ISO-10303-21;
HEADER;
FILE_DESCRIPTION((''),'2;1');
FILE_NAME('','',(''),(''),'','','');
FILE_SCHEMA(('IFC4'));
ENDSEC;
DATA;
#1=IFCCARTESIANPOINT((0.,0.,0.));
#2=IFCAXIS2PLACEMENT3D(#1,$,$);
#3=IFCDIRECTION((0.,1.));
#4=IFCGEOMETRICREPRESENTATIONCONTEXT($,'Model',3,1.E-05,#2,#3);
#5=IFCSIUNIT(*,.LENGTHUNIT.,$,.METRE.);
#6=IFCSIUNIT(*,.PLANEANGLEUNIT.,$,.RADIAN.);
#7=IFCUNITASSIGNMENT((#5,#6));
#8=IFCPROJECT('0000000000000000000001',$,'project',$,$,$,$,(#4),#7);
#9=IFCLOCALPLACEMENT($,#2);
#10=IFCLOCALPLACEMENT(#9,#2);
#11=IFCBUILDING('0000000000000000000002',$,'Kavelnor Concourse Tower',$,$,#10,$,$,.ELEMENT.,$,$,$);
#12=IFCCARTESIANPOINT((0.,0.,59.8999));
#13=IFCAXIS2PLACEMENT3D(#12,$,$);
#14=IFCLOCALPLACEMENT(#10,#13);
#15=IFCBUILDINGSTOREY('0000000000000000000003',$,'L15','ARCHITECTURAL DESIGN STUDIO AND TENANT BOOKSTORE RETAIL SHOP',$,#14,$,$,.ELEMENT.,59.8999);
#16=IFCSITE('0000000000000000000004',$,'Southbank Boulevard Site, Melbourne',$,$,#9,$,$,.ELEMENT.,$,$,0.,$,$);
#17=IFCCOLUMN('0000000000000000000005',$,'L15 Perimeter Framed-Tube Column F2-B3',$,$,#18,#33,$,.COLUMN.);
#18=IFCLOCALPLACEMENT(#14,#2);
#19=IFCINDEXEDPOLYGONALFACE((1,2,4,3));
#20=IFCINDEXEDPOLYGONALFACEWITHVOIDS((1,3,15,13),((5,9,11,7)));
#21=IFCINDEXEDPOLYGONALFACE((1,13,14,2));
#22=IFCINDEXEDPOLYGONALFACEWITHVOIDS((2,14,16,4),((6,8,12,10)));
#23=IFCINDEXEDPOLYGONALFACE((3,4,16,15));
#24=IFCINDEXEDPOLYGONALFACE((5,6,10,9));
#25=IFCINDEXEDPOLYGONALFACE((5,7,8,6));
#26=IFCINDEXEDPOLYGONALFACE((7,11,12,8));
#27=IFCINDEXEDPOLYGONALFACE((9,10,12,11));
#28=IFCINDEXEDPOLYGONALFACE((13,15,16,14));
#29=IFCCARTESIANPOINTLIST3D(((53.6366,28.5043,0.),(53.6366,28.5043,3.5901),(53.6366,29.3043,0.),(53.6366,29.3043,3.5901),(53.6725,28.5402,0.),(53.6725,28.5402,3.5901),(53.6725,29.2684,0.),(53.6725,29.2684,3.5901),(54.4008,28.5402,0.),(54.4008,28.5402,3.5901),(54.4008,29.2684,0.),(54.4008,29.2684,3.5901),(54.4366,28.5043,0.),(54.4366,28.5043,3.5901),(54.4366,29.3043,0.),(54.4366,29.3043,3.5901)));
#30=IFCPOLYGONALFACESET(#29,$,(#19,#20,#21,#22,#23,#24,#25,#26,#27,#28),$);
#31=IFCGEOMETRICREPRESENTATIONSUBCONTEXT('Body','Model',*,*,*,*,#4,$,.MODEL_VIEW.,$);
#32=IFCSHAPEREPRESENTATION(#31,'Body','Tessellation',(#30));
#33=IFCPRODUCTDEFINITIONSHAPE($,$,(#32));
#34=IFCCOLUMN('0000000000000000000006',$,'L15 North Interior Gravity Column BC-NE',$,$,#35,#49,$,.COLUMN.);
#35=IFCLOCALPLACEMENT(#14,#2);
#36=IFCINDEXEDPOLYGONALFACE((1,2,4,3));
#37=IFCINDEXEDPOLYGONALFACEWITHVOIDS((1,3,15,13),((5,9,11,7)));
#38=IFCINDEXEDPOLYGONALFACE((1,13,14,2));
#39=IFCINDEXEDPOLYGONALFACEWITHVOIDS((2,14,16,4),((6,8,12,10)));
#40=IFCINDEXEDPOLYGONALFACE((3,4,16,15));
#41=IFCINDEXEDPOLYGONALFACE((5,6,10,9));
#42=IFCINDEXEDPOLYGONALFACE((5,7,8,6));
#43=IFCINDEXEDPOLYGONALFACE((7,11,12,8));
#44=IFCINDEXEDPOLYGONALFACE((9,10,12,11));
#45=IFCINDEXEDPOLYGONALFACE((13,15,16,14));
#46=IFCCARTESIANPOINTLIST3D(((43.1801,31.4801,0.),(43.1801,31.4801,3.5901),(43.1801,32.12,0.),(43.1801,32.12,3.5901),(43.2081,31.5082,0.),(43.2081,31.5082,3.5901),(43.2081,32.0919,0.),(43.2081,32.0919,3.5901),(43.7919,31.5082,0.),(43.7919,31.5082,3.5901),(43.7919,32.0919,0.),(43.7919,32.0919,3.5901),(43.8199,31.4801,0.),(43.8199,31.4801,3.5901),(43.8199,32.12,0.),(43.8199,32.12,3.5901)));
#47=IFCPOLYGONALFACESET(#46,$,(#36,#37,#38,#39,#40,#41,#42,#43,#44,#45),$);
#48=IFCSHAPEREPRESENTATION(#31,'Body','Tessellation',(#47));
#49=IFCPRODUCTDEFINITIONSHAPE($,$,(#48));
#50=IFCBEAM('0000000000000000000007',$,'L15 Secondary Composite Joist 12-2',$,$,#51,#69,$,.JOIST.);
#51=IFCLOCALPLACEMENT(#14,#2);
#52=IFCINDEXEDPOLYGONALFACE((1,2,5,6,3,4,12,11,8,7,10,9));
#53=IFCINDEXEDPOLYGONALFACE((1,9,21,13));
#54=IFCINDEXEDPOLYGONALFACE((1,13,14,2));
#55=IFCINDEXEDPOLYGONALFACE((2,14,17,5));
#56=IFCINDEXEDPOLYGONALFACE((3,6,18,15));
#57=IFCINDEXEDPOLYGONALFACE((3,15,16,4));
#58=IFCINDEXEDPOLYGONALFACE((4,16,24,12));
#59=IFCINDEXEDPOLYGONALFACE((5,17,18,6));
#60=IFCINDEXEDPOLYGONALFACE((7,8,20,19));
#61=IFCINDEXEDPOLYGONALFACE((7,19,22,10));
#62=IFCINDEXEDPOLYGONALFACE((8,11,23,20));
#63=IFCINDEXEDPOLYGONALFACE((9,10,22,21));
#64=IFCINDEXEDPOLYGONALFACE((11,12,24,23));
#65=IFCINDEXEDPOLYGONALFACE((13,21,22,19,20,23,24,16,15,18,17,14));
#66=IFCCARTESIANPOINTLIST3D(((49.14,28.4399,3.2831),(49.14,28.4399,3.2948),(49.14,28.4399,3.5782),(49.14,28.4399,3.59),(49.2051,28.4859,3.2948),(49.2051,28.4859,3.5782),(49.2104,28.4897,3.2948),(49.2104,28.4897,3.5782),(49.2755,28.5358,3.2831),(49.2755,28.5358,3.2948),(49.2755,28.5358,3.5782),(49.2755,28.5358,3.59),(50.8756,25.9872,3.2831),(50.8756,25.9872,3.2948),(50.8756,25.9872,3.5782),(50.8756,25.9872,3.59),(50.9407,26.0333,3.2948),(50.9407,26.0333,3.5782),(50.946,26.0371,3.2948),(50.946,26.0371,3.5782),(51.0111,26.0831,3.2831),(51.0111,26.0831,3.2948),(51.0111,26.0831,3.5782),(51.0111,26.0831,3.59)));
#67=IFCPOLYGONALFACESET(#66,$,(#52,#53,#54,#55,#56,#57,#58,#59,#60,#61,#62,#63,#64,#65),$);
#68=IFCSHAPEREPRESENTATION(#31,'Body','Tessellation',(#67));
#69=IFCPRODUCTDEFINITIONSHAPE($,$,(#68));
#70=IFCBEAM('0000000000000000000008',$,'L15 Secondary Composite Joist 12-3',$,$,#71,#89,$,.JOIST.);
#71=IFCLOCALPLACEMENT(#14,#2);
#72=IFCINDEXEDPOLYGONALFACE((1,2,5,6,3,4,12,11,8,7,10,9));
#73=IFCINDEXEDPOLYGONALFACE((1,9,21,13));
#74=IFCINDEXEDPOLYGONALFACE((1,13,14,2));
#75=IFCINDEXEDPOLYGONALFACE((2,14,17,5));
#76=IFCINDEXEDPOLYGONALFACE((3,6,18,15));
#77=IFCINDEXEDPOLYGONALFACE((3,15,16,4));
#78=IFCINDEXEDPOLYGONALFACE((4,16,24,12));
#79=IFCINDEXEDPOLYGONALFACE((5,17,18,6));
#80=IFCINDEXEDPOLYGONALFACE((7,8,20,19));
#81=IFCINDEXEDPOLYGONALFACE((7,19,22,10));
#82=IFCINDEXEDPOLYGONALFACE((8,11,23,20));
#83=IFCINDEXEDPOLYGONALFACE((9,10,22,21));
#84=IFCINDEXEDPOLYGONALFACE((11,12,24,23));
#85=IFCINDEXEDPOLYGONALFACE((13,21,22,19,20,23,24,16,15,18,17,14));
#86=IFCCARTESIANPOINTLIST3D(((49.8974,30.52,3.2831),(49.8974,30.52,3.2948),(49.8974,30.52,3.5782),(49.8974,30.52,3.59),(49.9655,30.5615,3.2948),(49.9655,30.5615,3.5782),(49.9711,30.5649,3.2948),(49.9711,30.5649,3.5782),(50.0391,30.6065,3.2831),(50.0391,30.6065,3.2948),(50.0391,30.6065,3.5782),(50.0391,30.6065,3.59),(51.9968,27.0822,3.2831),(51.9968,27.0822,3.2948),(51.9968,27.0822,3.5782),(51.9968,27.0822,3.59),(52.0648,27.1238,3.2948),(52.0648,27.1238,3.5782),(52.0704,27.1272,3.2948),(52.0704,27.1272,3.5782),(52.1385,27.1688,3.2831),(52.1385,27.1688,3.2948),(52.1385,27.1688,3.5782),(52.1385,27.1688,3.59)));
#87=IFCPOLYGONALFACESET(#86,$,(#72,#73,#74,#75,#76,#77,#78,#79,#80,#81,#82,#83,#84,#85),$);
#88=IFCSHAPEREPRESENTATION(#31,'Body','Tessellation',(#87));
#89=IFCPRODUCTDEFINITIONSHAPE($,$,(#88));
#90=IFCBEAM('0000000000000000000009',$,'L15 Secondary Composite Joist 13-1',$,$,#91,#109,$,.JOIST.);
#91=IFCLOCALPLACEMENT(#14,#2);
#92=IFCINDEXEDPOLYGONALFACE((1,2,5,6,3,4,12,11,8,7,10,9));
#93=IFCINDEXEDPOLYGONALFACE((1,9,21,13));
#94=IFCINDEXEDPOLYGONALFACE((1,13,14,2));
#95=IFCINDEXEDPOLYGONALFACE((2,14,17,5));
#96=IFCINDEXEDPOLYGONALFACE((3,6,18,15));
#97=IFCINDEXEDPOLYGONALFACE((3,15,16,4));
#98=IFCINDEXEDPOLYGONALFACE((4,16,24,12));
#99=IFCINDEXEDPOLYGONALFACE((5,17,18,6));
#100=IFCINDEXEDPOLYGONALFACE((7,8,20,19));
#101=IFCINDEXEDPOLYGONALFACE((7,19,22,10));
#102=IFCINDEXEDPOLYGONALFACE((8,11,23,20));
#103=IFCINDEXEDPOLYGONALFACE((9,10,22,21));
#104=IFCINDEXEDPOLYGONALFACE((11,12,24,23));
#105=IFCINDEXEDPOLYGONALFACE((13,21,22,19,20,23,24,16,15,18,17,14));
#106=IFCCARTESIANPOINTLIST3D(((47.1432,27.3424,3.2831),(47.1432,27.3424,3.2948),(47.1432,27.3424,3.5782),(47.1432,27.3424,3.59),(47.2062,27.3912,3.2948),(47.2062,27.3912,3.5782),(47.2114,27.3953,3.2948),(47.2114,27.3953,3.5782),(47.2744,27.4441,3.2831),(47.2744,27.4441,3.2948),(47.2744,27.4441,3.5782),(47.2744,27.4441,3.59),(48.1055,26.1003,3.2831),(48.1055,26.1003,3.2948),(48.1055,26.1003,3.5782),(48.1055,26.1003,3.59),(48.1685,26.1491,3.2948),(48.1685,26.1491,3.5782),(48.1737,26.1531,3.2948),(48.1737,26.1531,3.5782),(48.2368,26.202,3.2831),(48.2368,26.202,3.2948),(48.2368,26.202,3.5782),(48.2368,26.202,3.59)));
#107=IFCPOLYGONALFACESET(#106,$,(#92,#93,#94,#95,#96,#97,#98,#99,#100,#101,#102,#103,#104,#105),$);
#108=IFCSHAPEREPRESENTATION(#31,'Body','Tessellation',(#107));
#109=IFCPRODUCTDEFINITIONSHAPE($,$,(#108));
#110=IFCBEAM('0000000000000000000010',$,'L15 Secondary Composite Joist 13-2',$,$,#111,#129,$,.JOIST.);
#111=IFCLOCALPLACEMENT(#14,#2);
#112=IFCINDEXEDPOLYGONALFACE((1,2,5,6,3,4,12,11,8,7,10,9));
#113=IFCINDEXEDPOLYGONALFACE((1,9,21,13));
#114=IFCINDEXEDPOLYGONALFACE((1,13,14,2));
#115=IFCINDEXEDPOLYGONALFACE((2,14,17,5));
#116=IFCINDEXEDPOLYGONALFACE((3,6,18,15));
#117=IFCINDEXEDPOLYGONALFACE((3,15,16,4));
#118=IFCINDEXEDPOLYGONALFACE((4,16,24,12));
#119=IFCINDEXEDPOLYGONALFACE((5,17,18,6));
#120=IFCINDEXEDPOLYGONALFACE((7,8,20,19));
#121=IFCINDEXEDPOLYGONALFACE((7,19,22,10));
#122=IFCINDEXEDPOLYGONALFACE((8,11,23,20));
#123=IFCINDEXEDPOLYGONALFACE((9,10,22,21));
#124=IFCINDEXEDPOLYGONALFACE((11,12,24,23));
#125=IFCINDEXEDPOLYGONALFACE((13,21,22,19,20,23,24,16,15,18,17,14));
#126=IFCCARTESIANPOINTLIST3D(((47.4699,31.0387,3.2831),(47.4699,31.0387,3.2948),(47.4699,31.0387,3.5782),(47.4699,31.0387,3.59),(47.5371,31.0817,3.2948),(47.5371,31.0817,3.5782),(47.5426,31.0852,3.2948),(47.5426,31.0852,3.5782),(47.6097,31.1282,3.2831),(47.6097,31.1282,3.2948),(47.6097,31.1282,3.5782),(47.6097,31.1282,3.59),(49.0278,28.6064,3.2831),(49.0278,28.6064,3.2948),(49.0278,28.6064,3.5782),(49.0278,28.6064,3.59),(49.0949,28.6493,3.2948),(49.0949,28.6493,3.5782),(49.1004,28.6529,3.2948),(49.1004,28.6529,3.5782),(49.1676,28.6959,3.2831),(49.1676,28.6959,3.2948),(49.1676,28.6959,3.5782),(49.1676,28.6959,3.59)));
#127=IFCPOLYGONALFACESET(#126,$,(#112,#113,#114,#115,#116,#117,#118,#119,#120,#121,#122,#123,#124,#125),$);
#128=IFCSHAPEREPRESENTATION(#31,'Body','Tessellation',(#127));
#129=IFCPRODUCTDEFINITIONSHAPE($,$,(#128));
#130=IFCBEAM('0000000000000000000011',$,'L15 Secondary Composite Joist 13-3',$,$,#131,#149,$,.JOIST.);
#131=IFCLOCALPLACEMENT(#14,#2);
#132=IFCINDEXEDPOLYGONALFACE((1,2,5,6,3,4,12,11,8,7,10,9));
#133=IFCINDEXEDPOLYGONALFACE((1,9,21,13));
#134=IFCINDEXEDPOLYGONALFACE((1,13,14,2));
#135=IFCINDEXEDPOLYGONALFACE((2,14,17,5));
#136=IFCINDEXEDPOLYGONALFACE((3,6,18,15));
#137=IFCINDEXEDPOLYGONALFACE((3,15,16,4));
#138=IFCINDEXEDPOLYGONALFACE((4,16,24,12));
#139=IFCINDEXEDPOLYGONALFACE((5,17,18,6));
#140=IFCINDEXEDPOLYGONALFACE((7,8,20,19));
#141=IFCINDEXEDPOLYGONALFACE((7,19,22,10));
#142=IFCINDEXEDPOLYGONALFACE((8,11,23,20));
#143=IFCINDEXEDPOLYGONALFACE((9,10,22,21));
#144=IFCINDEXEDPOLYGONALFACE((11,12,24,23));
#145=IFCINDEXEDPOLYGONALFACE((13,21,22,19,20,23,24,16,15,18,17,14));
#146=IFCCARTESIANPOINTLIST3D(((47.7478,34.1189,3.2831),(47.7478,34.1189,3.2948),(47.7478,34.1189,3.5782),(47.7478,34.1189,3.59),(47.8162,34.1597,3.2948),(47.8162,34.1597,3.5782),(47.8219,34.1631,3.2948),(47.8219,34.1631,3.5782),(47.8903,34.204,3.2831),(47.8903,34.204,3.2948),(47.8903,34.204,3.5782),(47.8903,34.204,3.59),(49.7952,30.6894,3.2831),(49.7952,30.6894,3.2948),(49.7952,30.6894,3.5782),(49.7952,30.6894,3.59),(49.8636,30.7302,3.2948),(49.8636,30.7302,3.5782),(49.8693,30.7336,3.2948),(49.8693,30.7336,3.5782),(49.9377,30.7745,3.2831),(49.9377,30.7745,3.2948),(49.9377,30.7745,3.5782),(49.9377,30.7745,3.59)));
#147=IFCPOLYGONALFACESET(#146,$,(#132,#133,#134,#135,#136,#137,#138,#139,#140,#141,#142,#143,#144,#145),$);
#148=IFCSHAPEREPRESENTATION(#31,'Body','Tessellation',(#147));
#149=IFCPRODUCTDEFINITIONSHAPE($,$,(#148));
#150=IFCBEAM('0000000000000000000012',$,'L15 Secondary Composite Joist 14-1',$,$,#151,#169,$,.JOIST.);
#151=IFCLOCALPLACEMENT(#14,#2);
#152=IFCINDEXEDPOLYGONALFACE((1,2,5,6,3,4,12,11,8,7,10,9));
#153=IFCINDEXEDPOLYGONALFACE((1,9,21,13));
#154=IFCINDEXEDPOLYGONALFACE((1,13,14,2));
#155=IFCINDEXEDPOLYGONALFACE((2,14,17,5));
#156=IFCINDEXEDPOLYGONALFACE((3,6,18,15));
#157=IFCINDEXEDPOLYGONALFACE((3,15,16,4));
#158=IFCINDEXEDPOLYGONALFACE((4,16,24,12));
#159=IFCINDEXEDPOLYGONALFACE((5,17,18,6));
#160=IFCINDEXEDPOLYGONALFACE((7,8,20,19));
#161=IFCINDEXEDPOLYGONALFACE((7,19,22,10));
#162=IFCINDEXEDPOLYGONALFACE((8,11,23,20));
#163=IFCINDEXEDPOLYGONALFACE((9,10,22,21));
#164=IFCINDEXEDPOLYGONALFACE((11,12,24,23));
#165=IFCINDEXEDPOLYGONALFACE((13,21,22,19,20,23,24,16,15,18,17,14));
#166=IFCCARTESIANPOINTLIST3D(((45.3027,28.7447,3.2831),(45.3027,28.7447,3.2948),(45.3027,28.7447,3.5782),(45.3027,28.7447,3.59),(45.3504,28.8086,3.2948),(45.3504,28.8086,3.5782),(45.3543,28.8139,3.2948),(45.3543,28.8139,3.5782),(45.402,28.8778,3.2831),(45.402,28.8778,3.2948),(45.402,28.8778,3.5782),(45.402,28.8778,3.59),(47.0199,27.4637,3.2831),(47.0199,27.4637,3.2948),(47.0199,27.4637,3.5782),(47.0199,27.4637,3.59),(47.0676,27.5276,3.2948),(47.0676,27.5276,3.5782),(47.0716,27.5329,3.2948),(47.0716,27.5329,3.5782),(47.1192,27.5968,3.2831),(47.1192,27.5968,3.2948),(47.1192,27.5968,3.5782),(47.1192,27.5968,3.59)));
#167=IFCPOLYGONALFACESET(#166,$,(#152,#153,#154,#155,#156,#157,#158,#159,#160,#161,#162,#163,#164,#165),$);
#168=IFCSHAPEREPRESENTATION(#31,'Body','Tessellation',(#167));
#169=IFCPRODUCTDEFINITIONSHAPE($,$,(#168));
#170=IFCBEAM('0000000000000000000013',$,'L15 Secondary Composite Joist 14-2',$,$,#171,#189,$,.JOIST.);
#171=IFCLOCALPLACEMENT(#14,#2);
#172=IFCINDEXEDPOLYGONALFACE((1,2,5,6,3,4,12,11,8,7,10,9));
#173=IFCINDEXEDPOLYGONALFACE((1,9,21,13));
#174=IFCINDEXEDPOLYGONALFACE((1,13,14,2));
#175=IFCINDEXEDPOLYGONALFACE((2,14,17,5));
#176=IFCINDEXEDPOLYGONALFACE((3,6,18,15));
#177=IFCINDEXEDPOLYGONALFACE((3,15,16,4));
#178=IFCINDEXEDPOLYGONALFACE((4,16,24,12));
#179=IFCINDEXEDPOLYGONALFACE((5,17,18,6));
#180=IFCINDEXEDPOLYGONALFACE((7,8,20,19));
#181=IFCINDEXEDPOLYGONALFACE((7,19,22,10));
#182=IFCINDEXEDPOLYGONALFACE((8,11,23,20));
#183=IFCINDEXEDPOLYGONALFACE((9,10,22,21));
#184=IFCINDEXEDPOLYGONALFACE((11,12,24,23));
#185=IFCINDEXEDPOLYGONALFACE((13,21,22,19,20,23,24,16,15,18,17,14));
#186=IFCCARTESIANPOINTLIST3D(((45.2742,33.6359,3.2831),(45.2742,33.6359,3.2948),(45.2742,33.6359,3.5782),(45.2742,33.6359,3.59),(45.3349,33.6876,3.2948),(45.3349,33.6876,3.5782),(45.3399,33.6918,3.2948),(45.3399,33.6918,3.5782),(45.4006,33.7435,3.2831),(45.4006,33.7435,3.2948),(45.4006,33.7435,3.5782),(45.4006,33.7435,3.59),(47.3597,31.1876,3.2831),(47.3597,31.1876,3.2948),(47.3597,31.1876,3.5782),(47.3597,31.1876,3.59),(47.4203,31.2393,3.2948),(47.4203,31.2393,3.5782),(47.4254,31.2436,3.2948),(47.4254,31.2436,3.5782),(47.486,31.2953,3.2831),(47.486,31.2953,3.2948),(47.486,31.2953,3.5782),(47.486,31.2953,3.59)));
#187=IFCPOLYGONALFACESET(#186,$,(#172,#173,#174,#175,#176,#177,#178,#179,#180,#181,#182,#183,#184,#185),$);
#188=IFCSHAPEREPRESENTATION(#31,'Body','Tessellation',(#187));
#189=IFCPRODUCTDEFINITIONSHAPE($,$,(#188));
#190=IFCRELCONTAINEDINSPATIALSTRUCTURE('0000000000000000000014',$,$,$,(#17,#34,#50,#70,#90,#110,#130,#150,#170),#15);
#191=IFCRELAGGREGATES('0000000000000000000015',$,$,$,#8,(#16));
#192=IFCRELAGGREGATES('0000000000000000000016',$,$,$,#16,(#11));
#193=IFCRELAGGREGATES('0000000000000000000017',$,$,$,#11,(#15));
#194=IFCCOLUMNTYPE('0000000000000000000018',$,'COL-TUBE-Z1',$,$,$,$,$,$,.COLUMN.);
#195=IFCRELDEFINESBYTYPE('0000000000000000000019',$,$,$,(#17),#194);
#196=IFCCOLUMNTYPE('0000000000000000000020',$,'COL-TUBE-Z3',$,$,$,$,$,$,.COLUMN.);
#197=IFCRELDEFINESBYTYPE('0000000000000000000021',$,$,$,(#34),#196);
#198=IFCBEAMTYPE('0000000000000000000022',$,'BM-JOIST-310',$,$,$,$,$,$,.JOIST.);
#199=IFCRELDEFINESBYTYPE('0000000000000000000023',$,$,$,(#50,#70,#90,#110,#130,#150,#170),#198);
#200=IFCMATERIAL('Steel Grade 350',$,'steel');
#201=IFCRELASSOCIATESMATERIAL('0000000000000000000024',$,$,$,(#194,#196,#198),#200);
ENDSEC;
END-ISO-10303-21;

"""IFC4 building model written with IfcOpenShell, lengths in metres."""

from ifc_helpers import new_model, si_unit, direction, frame, origin, origin_2d, place, context, subcontext, project, spatial, hollow_rectangle, i_section, extrude, material, material_profile, profile_set, type_object, element, save


model = new_model("IFC4")

# Units and contexts
model_context = context("Model", 3, precision=1e-05, world=origin(), true_north=direction((0.0, 1.0)))
body_context = subcontext(model_context, "Body", "Model", "MODEL_VIEW")
ifc_project = project(units=[si_unit("LENGTHUNIT", "METRE"), si_unit("PLANEANGLEUNIT", "RADIAN")], contexts=[model_context])

# Site, building, storey
site_placement = place(None, origin())
site = spatial("IfcSite", under=ifc_project, at=site_placement, Name="Southbank Boulevard Site, Melbourne", CompositionType="ELEMENT", RefElevation=0.0)
building_placement = place(site_placement, origin())
building = spatial("IfcBuilding", under=site, at=building_placement, Name="Kavelnor Concourse Tower", CompositionType="ELEMENT")
storey_placement = place(building_placement, frame((0.0, 0.0, 59.8999)))
storey = spatial("IfcBuildingStorey", under=building, at=storey_placement, Name="L15", Description="ARCHITECTURAL DESIGN STUDIO AND TENANT BOOKSTORE RETAIL SHOP", CompositionType="ELEMENT", Elevation=59.8999)

# Columns
ifc_material_1 = material(Name="Steel Grade 350", Category="steel")
ifc_material_profile_1 = material_profile(ifc_material_1, hollow_rectangle(XDim=0.8, YDim=0.8, WallThickness=0.0359, at=origin_2d()), Name="SHS 800x800x36")
ifc_profile_set_1 = profile_set([ifc_material_profile_1], Name="Steel Grade 350")
column_type_1 = type_object("IfcColumnType", Name="COL-TUBE-Z1", PredefinedType="COLUMN", material=ifc_profile_set_1)
column_1_placement = place(storey_placement, frame((54.0366, 28.9043, 0.0), z_axis=(0.0, 0.0, 1.0), x_axis=(1.0, 0.0, 0.0)))
element("IfcColumn", 1, at=column_1_placement, inside=storey, type_object=column_type_1, Name="L15 Perimeter Framed-Tube Column F2-B3", PredefinedType="COLUMN", context=body_context, shape_type="SweptSolid", body=[
    extrude(hollow_rectangle(XDim=0.8, YDim=0.8, WallThickness=0.0359, at=origin_2d()), origin(), (0.0, 0.0, 1.0), 3.5901),
])
ifc_material_profile_2 = material_profile(ifc_material_1, hollow_rectangle(XDim=0.6399, YDim=0.6399, WallThickness=0.0281, at=origin_2d()), Name="SHS 640x640x28")
ifc_profile_set_2 = profile_set([ifc_material_profile_2], Name="Steel Grade 350")
column_type_2 = type_object("IfcColumnType", Name="COL-TUBE-Z3", PredefinedType="COLUMN", material=ifc_profile_set_2)
column_2_placement = place(storey_placement, frame((43.5, 31.8, 0.0), z_axis=(0.0, 0.0, 1.0), x_axis=(1.0, 0.0, 0.0)))
element("IfcColumn", 2, at=column_2_placement, inside=storey, type_object=column_type_2, Name="L15 North Interior Gravity Column BC-NE", PredefinedType="COLUMN", context=body_context, shape_type="SweptSolid", body=[
    extrude(hollow_rectangle(XDim=0.6399, YDim=0.6399, WallThickness=0.0281, at=origin_2d()), origin(), (0.0, 0.0, 1.0), 3.5901),
])

# Beams
ifc_material_profile_3 = material_profile(ifc_material_1, i_section(OverallWidth=0.166, OverallDepth=0.3069, WebThickness=0.0066, FlangeThickness=0.0117, at=origin_2d()), Name="310UB46")
ifc_profile_set_3 = profile_set([ifc_material_profile_3], Name="Steel Grade 350")
beam_type_1 = type_object("IfcBeamType", Name="BM-JOIST-310", PredefinedType="JOIST", material=ifc_profile_set_3)
beam_1_placement = place(storey_placement, frame((50.9434, 26.0352, 3.4365), z_axis=(-0.577643, 0.816289, 0.0), x_axis=(-0.816289, -0.577643, 0.0)))
element("IfcBeam", 3, at=beam_1_placement, inside=storey, type_object=beam_type_1, Name="L15 Secondary Composite Joist 12-2", PredefinedType="JOIST", context=body_context, shape_type="SweptSolid", body=[
    extrude(i_section(OverallWidth=0.166, OverallDepth=0.3069, WebThickness=0.0066, FlangeThickness=0.0117, at=origin_2d()), origin(), (0.0, 0.0, 1.0), 3.0046),
])
beam_2_placement = place(storey_placement, frame((52.0676, 27.1255, 3.4365), z_axis=(-0.521183, 0.853445, 0.0), x_axis=(-0.853445, -0.521183, 0.0)))
element("IfcBeam", 4, at=beam_2_placement, inside=storey, type_object=beam_type_1, Name="L15 Secondary Composite Joist 12-3", PredefinedType="JOIST", context=body_context, shape_type="SweptSolid", body=[
    extrude(i_section(OverallWidth=0.166, OverallDepth=0.3069, WebThickness=0.0066, FlangeThickness=0.0117, at=origin_2d()), origin(), (0.0, 0.0, 1.0), 4.0281),
])
beam_3_placement = place(storey_placement, frame((48.1711, 26.1511, 3.4365), z_axis=(-0.612455, 0.790505, 0.0), x_axis=(-0.790505, -0.612455, 0.0)))
element("IfcBeam", 5, at=beam_3_placement, inside=storey, type_object=beam_type_1, Name="L15 Secondary Composite Joist 13-1", PredefinedType="JOIST", context=body_context, shape_type="SweptSolid", body=[
    extrude(i_section(OverallWidth=0.166, OverallDepth=0.3069, WebThickness=0.0066, FlangeThickness=0.0117, at=origin_2d()), origin(), (0.0, 0.0, 1.0), 1.5713),
])
beam_4_placement = place(storey_placement, frame((49.0977, 28.6511, 3.4365), z_axis=(-0.539334, 0.842092, 0.0), x_axis=(-0.842092, -0.539334, 0.0)))
element("IfcBeam", 6, at=beam_4_placement, inside=storey, type_object=beam_type_1, Name="L15 Secondary Composite Joist 13-2", PredefinedType="JOIST", context=body_context, shape_type="SweptSolid", body=[
    extrude(i_section(OverallWidth=0.166, OverallDepth=0.3069, WebThickness=0.0066, FlangeThickness=0.0117, at=origin_2d()), origin(), (0.0, 0.0, 1.0), 2.8884),
])
beam_5_placement = place(storey_placement, frame((49.8665, 30.7319, 3.4365), z_axis=(-0.512598, 0.858629, 0.0), x_axis=(-0.858629, -0.512598, 0.0)))
element("IfcBeam", 7, at=beam_5_placement, inside=storey, type_object=beam_type_1, Name="L15 Secondary Composite Joist 13-3", PredefinedType="JOIST", context=body_context, shape_type="SweptSolid", body=[
    extrude(i_section(OverallWidth=0.166, OverallDepth=0.3069, WebThickness=0.0066, FlangeThickness=0.0117, at=origin_2d()), origin(), (0.0, 0.0, 1.0), 3.9941),
])
beam_6_placement = place(storey_placement, frame((47.0696, 27.5303, 3.4365), z_axis=(-0.801556, 0.597919, 0.0), x_axis=(-0.597919, -0.801556, 0.0)))
element("IfcBeam", 8, at=beam_6_placement, inside=storey, type_object=beam_type_1, Name="L15 Secondary Composite Joist 14-1", PredefinedType="JOIST", context=body_context, shape_type="SweptSolid", body=[
    extrude(i_section(OverallWidth=0.166, OverallDepth=0.3069, WebThickness=0.0066, FlangeThickness=0.0117, at=origin_2d()), origin(), (0.0, 0.0, 1.0), 2.1423),
])
beam_7_placement = place(storey_placement, frame((47.4229, 31.2415, 3.4365), z_axis=(-0.64845, 0.761257, 0.0), x_axis=(-0.761257, -0.64845, 0.0)))
element("IfcBeam", 9, at=beam_7_placement, inside=storey, type_object=beam_type_1, Name="L15 Secondary Composite Joist 14-2", PredefinedType="JOIST", context=body_context, shape_type="SweptSolid", body=[
    extrude(i_section(OverallWidth=0.166, OverallDepth=0.3069, WebThickness=0.0066, FlangeThickness=0.0117, at=origin_2d()), origin(), (0.0, 0.0, 1.0), 3.2161),
])

save(model, "model.ifc")
